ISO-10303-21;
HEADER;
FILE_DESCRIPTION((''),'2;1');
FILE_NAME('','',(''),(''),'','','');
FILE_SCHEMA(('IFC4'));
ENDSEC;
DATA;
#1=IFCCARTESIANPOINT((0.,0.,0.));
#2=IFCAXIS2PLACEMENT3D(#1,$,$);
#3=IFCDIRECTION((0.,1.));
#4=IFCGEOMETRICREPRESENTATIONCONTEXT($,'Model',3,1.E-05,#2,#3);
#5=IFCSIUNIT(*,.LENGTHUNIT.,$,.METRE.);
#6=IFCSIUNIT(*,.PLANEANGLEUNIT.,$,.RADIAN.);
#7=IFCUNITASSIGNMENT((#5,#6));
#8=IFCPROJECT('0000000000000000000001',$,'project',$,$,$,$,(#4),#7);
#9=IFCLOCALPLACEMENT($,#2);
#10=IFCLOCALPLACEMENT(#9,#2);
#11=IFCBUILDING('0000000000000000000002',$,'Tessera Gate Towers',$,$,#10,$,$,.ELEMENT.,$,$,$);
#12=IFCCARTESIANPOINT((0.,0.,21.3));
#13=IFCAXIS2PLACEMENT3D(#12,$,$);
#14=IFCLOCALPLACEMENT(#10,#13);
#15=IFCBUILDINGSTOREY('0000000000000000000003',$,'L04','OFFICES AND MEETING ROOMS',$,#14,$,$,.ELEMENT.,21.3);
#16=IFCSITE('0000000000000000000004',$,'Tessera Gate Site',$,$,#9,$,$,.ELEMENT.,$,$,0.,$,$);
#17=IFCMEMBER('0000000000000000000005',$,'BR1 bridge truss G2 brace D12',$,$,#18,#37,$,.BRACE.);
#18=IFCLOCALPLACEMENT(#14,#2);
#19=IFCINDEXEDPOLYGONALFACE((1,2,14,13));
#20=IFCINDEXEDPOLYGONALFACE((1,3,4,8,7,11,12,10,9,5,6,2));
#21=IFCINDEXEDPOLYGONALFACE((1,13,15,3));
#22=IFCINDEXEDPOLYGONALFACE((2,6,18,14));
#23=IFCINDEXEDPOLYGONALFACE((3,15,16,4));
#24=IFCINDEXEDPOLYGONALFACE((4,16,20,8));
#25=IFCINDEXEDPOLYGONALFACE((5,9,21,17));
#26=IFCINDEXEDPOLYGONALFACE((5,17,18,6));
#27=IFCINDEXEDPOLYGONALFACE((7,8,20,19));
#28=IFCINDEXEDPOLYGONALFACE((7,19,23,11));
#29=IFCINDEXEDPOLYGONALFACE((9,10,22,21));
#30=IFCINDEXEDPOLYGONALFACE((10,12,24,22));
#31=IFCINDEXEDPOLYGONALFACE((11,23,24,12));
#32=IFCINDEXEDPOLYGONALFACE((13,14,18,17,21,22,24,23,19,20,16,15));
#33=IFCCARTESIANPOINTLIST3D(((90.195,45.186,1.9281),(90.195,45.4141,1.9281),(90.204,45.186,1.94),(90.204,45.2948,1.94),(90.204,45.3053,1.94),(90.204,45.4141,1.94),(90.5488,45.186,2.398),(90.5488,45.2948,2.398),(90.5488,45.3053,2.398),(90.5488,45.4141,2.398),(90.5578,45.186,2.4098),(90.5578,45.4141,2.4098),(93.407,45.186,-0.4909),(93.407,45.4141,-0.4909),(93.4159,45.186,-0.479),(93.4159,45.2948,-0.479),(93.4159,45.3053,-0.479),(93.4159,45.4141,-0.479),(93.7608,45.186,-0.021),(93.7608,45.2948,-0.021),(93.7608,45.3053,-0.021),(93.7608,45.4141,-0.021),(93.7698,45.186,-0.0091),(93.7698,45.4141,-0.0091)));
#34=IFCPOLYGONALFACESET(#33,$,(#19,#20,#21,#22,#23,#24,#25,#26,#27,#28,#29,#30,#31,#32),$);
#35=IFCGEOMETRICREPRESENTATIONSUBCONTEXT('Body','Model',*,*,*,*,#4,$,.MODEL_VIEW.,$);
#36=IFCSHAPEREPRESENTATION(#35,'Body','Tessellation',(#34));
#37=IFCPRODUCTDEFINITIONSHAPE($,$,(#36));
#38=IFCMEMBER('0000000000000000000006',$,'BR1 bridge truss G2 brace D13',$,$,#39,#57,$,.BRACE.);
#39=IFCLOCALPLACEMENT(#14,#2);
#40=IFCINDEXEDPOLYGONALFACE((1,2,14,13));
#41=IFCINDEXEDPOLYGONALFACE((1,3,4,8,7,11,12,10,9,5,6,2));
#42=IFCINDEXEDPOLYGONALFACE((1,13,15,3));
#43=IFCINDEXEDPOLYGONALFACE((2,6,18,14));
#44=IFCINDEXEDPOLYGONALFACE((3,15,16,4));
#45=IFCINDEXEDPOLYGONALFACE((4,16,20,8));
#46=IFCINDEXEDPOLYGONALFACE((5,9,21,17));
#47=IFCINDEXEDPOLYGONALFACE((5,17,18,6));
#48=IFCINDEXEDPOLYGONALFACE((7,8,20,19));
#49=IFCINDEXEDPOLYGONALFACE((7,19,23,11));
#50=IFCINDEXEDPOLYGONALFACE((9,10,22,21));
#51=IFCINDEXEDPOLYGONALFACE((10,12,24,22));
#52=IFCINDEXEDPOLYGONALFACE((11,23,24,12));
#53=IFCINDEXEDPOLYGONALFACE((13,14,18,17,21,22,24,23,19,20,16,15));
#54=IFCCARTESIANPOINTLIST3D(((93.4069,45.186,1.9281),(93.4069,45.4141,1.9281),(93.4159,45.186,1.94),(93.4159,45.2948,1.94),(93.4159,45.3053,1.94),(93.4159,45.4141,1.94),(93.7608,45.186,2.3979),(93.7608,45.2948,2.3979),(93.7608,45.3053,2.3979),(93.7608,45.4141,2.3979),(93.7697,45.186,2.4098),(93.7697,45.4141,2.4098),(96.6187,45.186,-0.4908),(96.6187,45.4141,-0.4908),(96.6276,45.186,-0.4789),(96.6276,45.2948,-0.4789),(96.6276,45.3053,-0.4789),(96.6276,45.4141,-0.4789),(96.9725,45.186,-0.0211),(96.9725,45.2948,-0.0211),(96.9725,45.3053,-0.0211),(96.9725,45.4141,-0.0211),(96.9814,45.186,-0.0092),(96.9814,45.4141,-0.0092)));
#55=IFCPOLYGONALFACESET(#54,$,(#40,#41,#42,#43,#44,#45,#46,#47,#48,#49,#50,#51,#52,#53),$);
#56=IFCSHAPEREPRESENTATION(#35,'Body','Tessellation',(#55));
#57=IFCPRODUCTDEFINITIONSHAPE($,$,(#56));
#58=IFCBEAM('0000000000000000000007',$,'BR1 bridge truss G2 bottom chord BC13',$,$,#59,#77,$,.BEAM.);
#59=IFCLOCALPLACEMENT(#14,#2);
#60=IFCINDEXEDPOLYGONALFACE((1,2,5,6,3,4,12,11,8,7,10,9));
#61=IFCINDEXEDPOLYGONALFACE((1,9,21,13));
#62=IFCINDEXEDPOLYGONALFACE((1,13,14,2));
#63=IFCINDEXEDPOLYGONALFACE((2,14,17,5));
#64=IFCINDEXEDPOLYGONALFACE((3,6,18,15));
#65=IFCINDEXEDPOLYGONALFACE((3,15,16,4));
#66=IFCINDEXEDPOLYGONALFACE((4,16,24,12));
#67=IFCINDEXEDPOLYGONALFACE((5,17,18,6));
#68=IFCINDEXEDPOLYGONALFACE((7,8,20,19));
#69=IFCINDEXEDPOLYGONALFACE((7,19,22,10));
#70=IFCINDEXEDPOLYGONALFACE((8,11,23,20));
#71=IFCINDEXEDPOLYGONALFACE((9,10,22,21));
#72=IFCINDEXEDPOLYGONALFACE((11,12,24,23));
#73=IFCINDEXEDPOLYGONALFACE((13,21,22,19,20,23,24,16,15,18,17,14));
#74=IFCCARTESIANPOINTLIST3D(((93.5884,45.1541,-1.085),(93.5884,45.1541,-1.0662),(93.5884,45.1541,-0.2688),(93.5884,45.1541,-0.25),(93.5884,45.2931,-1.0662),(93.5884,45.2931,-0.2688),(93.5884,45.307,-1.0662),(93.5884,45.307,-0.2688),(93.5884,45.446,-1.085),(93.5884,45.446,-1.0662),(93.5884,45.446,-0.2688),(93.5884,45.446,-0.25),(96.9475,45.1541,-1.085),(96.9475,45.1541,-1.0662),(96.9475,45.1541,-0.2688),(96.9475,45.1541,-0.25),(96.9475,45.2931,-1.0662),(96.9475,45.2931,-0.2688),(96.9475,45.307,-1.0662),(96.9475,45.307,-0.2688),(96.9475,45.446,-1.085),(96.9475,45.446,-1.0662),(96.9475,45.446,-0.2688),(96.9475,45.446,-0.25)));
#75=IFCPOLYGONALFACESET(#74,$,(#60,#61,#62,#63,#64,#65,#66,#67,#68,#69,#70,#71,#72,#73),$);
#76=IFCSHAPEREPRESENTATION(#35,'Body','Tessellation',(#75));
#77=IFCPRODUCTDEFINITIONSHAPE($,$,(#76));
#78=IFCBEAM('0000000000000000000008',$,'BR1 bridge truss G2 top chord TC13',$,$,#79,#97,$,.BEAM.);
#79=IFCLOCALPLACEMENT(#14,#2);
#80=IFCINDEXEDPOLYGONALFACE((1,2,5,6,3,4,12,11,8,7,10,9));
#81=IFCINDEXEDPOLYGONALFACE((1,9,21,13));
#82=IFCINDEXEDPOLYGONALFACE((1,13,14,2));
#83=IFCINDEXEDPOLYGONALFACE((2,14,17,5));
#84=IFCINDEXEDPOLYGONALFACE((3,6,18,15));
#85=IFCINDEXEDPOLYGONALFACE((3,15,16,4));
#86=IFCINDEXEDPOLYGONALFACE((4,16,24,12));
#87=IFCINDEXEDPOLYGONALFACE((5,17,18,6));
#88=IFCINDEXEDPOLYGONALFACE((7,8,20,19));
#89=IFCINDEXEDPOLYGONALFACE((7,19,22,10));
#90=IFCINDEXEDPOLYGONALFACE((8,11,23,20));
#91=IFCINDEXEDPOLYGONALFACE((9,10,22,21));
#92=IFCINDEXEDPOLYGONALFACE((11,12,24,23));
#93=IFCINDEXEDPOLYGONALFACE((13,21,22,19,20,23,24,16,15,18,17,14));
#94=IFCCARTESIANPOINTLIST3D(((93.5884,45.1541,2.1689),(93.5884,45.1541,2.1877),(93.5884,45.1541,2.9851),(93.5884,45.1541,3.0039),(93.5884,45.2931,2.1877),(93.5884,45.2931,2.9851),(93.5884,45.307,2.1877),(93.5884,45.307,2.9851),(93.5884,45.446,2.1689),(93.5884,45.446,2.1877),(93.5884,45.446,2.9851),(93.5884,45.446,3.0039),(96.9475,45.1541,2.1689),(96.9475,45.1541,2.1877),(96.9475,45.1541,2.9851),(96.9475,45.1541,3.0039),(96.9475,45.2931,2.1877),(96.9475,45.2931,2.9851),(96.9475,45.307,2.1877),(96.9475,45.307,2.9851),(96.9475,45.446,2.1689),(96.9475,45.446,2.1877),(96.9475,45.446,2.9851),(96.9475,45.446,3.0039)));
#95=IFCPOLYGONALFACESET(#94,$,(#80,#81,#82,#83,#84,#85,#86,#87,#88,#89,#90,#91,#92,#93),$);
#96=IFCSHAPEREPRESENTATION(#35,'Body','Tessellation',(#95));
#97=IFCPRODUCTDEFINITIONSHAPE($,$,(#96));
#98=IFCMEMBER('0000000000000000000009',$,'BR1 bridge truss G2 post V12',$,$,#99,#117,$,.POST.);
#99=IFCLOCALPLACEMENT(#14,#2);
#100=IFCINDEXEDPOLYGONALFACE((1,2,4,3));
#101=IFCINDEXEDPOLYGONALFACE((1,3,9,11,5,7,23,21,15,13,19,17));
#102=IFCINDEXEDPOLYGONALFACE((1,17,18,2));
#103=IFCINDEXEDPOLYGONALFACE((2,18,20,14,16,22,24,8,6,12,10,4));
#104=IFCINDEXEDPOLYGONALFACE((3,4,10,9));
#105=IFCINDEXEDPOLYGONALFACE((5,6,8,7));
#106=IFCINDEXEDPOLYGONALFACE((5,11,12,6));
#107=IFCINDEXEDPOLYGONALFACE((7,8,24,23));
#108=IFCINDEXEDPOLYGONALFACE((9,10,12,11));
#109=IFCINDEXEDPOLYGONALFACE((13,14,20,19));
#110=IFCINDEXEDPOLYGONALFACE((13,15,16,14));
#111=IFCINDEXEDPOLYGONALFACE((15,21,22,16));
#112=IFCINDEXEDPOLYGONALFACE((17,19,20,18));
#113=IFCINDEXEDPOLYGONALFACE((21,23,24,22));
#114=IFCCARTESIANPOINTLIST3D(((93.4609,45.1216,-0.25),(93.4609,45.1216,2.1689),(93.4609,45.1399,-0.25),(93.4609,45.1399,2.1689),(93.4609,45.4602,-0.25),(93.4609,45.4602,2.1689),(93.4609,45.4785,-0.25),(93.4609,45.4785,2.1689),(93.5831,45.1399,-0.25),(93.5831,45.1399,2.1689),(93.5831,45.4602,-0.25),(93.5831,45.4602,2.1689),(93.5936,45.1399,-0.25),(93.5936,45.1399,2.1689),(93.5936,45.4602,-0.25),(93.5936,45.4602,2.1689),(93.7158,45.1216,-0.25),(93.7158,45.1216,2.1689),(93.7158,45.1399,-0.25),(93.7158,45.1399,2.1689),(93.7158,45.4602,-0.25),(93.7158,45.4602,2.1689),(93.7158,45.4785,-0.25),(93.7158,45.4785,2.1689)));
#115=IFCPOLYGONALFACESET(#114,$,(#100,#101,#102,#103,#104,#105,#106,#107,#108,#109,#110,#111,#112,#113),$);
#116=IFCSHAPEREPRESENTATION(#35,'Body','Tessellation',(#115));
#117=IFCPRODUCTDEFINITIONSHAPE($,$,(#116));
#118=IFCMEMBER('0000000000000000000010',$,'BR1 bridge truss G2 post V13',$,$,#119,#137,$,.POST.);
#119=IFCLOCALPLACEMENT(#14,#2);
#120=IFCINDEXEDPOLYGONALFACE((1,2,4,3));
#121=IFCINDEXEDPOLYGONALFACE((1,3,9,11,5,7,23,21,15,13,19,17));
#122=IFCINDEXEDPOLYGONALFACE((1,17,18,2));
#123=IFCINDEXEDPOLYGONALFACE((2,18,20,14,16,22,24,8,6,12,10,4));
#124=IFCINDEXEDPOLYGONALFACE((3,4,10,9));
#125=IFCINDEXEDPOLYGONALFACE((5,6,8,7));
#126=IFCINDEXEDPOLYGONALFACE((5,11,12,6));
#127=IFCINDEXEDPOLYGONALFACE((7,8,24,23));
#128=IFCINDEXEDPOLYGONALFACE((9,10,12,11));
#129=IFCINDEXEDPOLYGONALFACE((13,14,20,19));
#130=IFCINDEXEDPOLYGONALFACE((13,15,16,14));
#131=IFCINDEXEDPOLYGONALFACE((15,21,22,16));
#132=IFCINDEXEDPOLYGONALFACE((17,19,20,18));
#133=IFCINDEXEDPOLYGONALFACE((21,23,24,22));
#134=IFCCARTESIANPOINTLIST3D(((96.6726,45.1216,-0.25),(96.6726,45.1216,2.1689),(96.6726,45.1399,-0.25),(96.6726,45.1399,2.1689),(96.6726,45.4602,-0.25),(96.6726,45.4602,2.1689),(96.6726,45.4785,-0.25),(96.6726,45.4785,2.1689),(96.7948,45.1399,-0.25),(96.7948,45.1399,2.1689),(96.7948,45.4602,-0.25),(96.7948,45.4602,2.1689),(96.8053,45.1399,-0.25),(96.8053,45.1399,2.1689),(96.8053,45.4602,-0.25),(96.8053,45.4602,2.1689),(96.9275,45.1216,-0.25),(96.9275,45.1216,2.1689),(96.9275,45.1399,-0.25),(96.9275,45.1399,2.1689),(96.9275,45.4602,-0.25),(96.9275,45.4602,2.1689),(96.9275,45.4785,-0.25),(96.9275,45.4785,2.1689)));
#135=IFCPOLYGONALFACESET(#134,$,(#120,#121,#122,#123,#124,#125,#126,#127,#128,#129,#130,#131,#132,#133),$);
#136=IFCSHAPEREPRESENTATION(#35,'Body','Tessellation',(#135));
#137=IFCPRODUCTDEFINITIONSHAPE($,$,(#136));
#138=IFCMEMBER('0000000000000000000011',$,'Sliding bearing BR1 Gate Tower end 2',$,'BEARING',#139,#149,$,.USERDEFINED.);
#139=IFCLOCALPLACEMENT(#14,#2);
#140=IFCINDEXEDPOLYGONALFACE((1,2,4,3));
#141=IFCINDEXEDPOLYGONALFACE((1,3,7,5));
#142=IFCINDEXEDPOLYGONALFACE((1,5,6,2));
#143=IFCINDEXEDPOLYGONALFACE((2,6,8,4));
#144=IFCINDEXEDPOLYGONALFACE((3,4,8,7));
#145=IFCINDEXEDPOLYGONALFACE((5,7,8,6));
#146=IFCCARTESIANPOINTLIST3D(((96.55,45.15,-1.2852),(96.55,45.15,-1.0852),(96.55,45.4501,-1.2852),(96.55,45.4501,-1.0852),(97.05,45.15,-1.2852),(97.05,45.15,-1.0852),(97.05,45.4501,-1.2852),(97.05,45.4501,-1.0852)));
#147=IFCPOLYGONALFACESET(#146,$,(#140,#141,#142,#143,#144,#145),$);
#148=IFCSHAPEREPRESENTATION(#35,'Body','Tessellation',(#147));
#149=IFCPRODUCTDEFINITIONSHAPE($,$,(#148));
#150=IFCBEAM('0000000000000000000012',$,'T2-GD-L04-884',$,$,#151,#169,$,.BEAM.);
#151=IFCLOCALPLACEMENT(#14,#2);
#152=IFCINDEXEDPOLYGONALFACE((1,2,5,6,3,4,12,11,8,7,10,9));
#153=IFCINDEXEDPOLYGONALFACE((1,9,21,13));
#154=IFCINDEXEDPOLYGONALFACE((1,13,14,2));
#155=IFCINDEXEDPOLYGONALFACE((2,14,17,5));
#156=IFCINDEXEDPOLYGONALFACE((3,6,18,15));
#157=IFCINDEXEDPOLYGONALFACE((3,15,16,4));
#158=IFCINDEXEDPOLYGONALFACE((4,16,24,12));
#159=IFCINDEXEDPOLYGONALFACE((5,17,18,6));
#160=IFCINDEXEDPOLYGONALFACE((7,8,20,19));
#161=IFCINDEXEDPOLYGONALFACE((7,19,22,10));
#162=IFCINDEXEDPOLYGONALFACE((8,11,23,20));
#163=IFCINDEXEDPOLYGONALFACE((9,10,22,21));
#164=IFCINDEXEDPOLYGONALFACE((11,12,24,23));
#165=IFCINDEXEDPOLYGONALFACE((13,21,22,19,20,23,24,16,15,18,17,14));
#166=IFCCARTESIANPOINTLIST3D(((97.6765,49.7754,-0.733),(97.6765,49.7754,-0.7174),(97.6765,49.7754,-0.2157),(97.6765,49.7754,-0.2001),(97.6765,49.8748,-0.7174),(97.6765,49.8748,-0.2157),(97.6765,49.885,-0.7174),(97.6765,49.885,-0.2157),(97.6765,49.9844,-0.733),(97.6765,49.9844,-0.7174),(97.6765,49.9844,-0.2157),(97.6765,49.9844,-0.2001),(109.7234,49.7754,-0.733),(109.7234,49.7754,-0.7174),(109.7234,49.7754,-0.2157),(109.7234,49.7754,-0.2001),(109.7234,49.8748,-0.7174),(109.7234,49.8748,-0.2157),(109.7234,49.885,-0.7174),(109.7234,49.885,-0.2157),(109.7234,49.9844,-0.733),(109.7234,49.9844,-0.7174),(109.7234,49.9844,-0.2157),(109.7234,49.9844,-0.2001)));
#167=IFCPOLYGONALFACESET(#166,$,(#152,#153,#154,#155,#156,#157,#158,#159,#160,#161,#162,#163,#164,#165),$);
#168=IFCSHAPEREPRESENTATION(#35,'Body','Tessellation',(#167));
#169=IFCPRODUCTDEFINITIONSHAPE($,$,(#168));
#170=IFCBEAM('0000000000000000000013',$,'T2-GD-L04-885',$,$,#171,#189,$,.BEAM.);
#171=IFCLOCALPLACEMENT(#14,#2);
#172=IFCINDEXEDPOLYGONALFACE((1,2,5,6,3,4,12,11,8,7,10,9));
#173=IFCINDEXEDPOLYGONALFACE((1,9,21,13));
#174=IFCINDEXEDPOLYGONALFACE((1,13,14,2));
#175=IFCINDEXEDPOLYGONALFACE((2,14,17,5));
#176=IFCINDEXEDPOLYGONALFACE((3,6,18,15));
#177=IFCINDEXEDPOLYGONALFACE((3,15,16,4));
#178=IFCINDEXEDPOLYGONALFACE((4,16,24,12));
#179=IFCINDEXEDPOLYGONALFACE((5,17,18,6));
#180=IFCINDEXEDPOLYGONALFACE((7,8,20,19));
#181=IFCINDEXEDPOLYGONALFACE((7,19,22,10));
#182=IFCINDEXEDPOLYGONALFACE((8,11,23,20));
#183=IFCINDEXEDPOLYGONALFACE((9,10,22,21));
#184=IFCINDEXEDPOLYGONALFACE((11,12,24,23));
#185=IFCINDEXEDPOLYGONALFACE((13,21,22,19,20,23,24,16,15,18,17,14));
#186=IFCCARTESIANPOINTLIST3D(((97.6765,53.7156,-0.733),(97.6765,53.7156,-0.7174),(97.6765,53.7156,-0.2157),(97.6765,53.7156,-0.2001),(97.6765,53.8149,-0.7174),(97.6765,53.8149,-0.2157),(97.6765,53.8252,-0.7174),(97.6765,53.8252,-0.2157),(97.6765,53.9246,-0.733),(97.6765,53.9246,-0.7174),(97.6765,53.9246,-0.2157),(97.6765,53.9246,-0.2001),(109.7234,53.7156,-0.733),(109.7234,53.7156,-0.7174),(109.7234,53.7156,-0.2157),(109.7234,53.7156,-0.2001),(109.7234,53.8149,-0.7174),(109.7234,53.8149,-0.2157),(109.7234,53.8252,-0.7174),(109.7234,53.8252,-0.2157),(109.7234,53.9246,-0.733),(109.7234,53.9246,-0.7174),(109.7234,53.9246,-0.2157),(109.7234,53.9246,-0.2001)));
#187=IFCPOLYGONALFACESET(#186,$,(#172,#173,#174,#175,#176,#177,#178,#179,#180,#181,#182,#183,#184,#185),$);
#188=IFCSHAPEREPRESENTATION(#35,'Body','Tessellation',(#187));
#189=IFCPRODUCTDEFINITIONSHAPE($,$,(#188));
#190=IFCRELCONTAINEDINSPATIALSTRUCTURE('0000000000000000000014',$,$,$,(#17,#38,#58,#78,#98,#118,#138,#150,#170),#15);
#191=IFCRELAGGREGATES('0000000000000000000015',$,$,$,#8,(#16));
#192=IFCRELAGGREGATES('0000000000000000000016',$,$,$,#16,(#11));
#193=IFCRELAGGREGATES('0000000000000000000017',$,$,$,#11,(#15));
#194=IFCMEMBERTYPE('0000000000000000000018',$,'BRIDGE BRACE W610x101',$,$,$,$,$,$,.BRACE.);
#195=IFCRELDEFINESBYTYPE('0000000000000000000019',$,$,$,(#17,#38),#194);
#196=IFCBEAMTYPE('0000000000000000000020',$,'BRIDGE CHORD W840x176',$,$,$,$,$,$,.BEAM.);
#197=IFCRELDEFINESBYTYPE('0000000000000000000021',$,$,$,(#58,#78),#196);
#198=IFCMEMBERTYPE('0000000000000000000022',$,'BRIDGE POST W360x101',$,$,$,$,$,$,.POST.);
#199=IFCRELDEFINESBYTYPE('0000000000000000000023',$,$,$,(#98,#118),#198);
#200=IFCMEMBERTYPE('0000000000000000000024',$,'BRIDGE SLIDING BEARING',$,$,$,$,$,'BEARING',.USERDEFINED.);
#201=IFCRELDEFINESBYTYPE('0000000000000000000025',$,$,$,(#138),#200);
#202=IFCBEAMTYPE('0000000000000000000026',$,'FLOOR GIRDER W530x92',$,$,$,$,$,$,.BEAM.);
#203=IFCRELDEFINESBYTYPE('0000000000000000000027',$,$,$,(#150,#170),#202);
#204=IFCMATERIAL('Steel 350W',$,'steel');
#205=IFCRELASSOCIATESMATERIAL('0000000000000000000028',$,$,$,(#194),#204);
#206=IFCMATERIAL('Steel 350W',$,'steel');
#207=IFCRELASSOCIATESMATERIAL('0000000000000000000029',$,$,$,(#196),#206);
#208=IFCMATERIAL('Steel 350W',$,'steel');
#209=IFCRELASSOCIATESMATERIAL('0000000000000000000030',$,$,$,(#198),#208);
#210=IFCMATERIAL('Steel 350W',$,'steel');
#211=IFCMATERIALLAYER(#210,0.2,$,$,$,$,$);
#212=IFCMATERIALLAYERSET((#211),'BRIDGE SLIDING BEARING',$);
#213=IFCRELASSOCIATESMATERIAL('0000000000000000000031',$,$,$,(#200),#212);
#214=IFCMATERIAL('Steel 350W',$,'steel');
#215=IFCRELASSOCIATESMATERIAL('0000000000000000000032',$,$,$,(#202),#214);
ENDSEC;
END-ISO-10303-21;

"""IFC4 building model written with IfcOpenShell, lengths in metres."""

from ifc_helpers import new_model, si_unit, direction, frame, origin, origin_2d, place, context, subcontext, project, spatial, rectangle, i_section, extrude, material, layer, layer_set, material_profile, profile_set, type_object, element, save


model = new_model("IFC4")

# Units and contexts
model_context = context("Model", 3, precision=1e-05, world=origin(), true_north=direction((0.0, 1.0)))
body_context = subcontext(model_context, "Body", "Model", "MODEL_VIEW")
ifc_project = project(units=[si_unit("LENGTHUNIT", "METRE"), si_unit("PLANEANGLEUNIT", "RADIAN")], contexts=[model_context])

# Site, building, storey
site_placement = place(None, origin())
site = spatial("IfcSite", under=ifc_project, at=site_placement, Name="Tessera Gate Site", CompositionType="ELEMENT", RefElevation=0.0)
building_placement = place(site_placement, origin())
building = spatial("IfcBuilding", under=site, at=building_placement, Name="Tessera Gate Towers", CompositionType="ELEMENT")
storey_placement = place(building_placement, frame((0.0, 0.0, 21.3)))
storey = spatial("IfcBuildingStorey", under=building, at=storey_placement, Name="L04", Description="OFFICES AND MEETING ROOMS", CompositionType="ELEMENT", Elevation=21.3)

# Members
ifc_material_1 = material(Name="Steel 350W", Category="steel")
ifc_material_profile_1 = material_profile(ifc_material_1, i_section(OverallWidth=0.228, OverallDepth=0.603, WebThickness=0.0105, FlangeThickness=0.0149, at=origin_2d()), Name="W610x101")
ifc_profile_set_1 = profile_set([ifc_material_profile_1], Name="Steel 350W")
member_type_1 = type_object("IfcMemberType", Name="BRIDGE BRACE W610x101", PredefinedType="BRACE", material=ifc_profile_set_1)
member_1_placement = place(storey_placement, frame((93.5884, 45.3, -0.25), z_axis=(-0.798803, 0.0, 0.601592), x_axis=(0.0, -1.0, 0.0)))
element("IfcMember", 1, at=member_1_placement, inside=storey, type_object=member_type_1, Name="BR1 bridge truss G2 brace D12", PredefinedType="BRACE", context=body_context, shape_type="SweptSolid", body=[
    extrude(i_section(OverallWidth=0.228, OverallDepth=0.603, WebThickness=0.0105, FlangeThickness=0.0149, at=origin_2d()), origin(), (0.0, 0.0, 1.0), 4.021),
])
member_2_placement = place(storey_placement, frame((96.8, 45.3, -0.25), z_axis=(-0.798782, 0.0, 0.601621), x_axis=(0.0, -1.0, 0.0)))
element("IfcMember", 2, at=member_2_placement, inside=storey, type_object=member_type_1, Name="BR1 bridge truss G2 brace D13", PredefinedType="BRACE", context=body_context, shape_type="SweptSolid", body=[
    extrude(i_section(OverallWidth=0.228, OverallDepth=0.603, WebThickness=0.0105, FlangeThickness=0.0149, at=origin_2d()), origin(), (0.0, 0.0, 1.0), 4.0208),
])

# Beams
ifc_material_2 = material(Name="Steel 350W", Category="steel")
ifc_material_profile_2 = material_profile(ifc_material_2, i_section(OverallWidth=0.292, OverallDepth=0.835, WebThickness=0.0139, FlangeThickness=0.0188, at=origin_2d()), Name="W840x176")
ifc_profile_set_2 = profile_set([ifc_material_profile_2], Name="Steel 350W")
beam_type_1 = type_object("IfcBeamType", Name="BRIDGE CHORD W840x176", PredefinedType="BEAM", material=ifc_profile_set_2)
for number, where, z_axis, x_axis, name in (
    (3, (93.5884, 45.3, -0.6675), (1.0, 0.0, 0.0), (0.0, 1.0, 0.0), "BR1 bridge truss G2 bottom chord BC13"),
    (4, (93.5884, 45.3, 2.5864), (1.0, 0.0, 0.0), (0.0, 1.0, 0.0), "BR1 bridge truss G2 top chord TC13"),
):
    element("IfcBeam", number, at=place(storey_placement, frame(where, z_axis=z_axis, x_axis=x_axis)), inside=storey, type_object=beam_type_1, Name=name, PredefinedType="BEAM", context=body_context, shape_type="SweptSolid", body=[
        extrude(i_section(OverallWidth=0.292, OverallDepth=0.835, WebThickness=0.0139, FlangeThickness=0.0188, at=origin_2d()), origin(), (0.0, 0.0, 1.0), 3.3591),
    ])

# Members
ifc_material_3 = material(Name="Steel 350W", Category="steel")
ifc_material_profile_3 = material_profile(ifc_material_3, i_section(OverallWidth=0.2549, OverallDepth=0.3569, WebThickness=0.0105, FlangeThickness=0.0183, at=origin_2d()), Name="W360x101")
ifc_profile_set_3 = profile_set([ifc_material_profile_3], Name="Steel 350W")
member_type_2 = type_object("IfcMemberType", Name="BRIDGE POST W360x101", PredefinedType="POST", material=ifc_profile_set_3)
for number, where, z_axis, x_axis, name in (
    (5, (93.5884, 45.3, -0.25), (0.0, 0.0, 1.0), (1.0, 0.0, 0.0), "BR1 bridge truss G2 post V12"),
    (6, (96.8, 45.3, -0.25), (0.0, 0.0, 1.0), (1.0, 0.0, 0.0), "BR1 bridge truss G2 post V13"),
):
    element("IfcMember", number, at=place(storey_placement, frame(where, z_axis=z_axis, x_axis=x_axis)), inside=storey, type_object=member_type_2, Name=name, PredefinedType="POST", context=body_context, shape_type="SweptSolid", body=[
        extrude(i_section(OverallWidth=0.2549, OverallDepth=0.3569, WebThickness=0.0105, FlangeThickness=0.0183, at=origin_2d()), origin(), (0.0, 0.0, 1.0), 2.4189),
    ])
ifc_material_4 = material(Name="Steel 350W", Category="steel")
ifc_layer_1 = layer(ifc_material_4, 0.2)
ifc_layer_set_1 = layer_set([ifc_layer_1], Name="BRIDGE SLIDING BEARING")
member_type_3 = type_object("IfcMemberType", Name="BRIDGE SLIDING BEARING", ElementType="BEARING", PredefinedType="USERDEFINED", material=ifc_layer_set_1)
member_3_placement = place(storey_placement, frame((96.8, 45.3, -1.2852), z_axis=(0.0, 0.0, 1.0), x_axis=(1.0, 0.0, 0.0)))
element("IfcMember", 7, at=member_3_placement, inside=storey, type_object=member_type_3, Name="Sliding bearing BR1 Gate Tower end 2", ObjectType="BEARING", PredefinedType="USERDEFINED", context=body_context, shape_type="SweptSolid", body=[
    extrude(rectangle(XDim=0.5, YDim=0.3, at=origin_2d()), origin(), (0.0, 0.0, 1.0), 0.2),
])

# Beams
ifc_material_5 = material(Name="Steel 350W", Category="steel")
ifc_material_profile_4 = material_profile(ifc_material_5, i_section(OverallWidth=0.209, OverallDepth=0.533, WebThickness=0.0103, FlangeThickness=0.0156, at=origin_2d()), Name="W530x92")
ifc_profile_set_4 = profile_set([ifc_material_profile_4], Name="Steel 350W")
beam_type_2 = type_object("IfcBeamType", Name="FLOOR GIRDER W530x92", PredefinedType="BEAM", material=ifc_profile_set_4)
for number, where, z_axis, x_axis, name in (
    (8, (97.6765, 49.8799, -0.4666), (1.0, 0.0, 0.0), (0.0, 1.0, 0.0), "T2-GD-L04-884"),
    (9, (97.6765, 53.8201, -0.4666), (1.0, 0.0, 0.0), (0.0, 1.0, 0.0), "T2-GD-L04-885"),
):
    element("IfcBeam", number, at=place(storey_placement, frame(where, z_axis=z_axis, x_axis=x_axis)), inside=storey, type_object=beam_type_2, Name=name, PredefinedType="BEAM", context=body_context, shape_type="SweptSolid", body=[
        extrude(i_section(OverallWidth=0.209, OverallDepth=0.533, WebThickness=0.0103, FlangeThickness=0.0156, at=origin_2d()), origin(), (0.0, 0.0, 1.0), 12.0469),
    ])

save(model, "model.ifc")
